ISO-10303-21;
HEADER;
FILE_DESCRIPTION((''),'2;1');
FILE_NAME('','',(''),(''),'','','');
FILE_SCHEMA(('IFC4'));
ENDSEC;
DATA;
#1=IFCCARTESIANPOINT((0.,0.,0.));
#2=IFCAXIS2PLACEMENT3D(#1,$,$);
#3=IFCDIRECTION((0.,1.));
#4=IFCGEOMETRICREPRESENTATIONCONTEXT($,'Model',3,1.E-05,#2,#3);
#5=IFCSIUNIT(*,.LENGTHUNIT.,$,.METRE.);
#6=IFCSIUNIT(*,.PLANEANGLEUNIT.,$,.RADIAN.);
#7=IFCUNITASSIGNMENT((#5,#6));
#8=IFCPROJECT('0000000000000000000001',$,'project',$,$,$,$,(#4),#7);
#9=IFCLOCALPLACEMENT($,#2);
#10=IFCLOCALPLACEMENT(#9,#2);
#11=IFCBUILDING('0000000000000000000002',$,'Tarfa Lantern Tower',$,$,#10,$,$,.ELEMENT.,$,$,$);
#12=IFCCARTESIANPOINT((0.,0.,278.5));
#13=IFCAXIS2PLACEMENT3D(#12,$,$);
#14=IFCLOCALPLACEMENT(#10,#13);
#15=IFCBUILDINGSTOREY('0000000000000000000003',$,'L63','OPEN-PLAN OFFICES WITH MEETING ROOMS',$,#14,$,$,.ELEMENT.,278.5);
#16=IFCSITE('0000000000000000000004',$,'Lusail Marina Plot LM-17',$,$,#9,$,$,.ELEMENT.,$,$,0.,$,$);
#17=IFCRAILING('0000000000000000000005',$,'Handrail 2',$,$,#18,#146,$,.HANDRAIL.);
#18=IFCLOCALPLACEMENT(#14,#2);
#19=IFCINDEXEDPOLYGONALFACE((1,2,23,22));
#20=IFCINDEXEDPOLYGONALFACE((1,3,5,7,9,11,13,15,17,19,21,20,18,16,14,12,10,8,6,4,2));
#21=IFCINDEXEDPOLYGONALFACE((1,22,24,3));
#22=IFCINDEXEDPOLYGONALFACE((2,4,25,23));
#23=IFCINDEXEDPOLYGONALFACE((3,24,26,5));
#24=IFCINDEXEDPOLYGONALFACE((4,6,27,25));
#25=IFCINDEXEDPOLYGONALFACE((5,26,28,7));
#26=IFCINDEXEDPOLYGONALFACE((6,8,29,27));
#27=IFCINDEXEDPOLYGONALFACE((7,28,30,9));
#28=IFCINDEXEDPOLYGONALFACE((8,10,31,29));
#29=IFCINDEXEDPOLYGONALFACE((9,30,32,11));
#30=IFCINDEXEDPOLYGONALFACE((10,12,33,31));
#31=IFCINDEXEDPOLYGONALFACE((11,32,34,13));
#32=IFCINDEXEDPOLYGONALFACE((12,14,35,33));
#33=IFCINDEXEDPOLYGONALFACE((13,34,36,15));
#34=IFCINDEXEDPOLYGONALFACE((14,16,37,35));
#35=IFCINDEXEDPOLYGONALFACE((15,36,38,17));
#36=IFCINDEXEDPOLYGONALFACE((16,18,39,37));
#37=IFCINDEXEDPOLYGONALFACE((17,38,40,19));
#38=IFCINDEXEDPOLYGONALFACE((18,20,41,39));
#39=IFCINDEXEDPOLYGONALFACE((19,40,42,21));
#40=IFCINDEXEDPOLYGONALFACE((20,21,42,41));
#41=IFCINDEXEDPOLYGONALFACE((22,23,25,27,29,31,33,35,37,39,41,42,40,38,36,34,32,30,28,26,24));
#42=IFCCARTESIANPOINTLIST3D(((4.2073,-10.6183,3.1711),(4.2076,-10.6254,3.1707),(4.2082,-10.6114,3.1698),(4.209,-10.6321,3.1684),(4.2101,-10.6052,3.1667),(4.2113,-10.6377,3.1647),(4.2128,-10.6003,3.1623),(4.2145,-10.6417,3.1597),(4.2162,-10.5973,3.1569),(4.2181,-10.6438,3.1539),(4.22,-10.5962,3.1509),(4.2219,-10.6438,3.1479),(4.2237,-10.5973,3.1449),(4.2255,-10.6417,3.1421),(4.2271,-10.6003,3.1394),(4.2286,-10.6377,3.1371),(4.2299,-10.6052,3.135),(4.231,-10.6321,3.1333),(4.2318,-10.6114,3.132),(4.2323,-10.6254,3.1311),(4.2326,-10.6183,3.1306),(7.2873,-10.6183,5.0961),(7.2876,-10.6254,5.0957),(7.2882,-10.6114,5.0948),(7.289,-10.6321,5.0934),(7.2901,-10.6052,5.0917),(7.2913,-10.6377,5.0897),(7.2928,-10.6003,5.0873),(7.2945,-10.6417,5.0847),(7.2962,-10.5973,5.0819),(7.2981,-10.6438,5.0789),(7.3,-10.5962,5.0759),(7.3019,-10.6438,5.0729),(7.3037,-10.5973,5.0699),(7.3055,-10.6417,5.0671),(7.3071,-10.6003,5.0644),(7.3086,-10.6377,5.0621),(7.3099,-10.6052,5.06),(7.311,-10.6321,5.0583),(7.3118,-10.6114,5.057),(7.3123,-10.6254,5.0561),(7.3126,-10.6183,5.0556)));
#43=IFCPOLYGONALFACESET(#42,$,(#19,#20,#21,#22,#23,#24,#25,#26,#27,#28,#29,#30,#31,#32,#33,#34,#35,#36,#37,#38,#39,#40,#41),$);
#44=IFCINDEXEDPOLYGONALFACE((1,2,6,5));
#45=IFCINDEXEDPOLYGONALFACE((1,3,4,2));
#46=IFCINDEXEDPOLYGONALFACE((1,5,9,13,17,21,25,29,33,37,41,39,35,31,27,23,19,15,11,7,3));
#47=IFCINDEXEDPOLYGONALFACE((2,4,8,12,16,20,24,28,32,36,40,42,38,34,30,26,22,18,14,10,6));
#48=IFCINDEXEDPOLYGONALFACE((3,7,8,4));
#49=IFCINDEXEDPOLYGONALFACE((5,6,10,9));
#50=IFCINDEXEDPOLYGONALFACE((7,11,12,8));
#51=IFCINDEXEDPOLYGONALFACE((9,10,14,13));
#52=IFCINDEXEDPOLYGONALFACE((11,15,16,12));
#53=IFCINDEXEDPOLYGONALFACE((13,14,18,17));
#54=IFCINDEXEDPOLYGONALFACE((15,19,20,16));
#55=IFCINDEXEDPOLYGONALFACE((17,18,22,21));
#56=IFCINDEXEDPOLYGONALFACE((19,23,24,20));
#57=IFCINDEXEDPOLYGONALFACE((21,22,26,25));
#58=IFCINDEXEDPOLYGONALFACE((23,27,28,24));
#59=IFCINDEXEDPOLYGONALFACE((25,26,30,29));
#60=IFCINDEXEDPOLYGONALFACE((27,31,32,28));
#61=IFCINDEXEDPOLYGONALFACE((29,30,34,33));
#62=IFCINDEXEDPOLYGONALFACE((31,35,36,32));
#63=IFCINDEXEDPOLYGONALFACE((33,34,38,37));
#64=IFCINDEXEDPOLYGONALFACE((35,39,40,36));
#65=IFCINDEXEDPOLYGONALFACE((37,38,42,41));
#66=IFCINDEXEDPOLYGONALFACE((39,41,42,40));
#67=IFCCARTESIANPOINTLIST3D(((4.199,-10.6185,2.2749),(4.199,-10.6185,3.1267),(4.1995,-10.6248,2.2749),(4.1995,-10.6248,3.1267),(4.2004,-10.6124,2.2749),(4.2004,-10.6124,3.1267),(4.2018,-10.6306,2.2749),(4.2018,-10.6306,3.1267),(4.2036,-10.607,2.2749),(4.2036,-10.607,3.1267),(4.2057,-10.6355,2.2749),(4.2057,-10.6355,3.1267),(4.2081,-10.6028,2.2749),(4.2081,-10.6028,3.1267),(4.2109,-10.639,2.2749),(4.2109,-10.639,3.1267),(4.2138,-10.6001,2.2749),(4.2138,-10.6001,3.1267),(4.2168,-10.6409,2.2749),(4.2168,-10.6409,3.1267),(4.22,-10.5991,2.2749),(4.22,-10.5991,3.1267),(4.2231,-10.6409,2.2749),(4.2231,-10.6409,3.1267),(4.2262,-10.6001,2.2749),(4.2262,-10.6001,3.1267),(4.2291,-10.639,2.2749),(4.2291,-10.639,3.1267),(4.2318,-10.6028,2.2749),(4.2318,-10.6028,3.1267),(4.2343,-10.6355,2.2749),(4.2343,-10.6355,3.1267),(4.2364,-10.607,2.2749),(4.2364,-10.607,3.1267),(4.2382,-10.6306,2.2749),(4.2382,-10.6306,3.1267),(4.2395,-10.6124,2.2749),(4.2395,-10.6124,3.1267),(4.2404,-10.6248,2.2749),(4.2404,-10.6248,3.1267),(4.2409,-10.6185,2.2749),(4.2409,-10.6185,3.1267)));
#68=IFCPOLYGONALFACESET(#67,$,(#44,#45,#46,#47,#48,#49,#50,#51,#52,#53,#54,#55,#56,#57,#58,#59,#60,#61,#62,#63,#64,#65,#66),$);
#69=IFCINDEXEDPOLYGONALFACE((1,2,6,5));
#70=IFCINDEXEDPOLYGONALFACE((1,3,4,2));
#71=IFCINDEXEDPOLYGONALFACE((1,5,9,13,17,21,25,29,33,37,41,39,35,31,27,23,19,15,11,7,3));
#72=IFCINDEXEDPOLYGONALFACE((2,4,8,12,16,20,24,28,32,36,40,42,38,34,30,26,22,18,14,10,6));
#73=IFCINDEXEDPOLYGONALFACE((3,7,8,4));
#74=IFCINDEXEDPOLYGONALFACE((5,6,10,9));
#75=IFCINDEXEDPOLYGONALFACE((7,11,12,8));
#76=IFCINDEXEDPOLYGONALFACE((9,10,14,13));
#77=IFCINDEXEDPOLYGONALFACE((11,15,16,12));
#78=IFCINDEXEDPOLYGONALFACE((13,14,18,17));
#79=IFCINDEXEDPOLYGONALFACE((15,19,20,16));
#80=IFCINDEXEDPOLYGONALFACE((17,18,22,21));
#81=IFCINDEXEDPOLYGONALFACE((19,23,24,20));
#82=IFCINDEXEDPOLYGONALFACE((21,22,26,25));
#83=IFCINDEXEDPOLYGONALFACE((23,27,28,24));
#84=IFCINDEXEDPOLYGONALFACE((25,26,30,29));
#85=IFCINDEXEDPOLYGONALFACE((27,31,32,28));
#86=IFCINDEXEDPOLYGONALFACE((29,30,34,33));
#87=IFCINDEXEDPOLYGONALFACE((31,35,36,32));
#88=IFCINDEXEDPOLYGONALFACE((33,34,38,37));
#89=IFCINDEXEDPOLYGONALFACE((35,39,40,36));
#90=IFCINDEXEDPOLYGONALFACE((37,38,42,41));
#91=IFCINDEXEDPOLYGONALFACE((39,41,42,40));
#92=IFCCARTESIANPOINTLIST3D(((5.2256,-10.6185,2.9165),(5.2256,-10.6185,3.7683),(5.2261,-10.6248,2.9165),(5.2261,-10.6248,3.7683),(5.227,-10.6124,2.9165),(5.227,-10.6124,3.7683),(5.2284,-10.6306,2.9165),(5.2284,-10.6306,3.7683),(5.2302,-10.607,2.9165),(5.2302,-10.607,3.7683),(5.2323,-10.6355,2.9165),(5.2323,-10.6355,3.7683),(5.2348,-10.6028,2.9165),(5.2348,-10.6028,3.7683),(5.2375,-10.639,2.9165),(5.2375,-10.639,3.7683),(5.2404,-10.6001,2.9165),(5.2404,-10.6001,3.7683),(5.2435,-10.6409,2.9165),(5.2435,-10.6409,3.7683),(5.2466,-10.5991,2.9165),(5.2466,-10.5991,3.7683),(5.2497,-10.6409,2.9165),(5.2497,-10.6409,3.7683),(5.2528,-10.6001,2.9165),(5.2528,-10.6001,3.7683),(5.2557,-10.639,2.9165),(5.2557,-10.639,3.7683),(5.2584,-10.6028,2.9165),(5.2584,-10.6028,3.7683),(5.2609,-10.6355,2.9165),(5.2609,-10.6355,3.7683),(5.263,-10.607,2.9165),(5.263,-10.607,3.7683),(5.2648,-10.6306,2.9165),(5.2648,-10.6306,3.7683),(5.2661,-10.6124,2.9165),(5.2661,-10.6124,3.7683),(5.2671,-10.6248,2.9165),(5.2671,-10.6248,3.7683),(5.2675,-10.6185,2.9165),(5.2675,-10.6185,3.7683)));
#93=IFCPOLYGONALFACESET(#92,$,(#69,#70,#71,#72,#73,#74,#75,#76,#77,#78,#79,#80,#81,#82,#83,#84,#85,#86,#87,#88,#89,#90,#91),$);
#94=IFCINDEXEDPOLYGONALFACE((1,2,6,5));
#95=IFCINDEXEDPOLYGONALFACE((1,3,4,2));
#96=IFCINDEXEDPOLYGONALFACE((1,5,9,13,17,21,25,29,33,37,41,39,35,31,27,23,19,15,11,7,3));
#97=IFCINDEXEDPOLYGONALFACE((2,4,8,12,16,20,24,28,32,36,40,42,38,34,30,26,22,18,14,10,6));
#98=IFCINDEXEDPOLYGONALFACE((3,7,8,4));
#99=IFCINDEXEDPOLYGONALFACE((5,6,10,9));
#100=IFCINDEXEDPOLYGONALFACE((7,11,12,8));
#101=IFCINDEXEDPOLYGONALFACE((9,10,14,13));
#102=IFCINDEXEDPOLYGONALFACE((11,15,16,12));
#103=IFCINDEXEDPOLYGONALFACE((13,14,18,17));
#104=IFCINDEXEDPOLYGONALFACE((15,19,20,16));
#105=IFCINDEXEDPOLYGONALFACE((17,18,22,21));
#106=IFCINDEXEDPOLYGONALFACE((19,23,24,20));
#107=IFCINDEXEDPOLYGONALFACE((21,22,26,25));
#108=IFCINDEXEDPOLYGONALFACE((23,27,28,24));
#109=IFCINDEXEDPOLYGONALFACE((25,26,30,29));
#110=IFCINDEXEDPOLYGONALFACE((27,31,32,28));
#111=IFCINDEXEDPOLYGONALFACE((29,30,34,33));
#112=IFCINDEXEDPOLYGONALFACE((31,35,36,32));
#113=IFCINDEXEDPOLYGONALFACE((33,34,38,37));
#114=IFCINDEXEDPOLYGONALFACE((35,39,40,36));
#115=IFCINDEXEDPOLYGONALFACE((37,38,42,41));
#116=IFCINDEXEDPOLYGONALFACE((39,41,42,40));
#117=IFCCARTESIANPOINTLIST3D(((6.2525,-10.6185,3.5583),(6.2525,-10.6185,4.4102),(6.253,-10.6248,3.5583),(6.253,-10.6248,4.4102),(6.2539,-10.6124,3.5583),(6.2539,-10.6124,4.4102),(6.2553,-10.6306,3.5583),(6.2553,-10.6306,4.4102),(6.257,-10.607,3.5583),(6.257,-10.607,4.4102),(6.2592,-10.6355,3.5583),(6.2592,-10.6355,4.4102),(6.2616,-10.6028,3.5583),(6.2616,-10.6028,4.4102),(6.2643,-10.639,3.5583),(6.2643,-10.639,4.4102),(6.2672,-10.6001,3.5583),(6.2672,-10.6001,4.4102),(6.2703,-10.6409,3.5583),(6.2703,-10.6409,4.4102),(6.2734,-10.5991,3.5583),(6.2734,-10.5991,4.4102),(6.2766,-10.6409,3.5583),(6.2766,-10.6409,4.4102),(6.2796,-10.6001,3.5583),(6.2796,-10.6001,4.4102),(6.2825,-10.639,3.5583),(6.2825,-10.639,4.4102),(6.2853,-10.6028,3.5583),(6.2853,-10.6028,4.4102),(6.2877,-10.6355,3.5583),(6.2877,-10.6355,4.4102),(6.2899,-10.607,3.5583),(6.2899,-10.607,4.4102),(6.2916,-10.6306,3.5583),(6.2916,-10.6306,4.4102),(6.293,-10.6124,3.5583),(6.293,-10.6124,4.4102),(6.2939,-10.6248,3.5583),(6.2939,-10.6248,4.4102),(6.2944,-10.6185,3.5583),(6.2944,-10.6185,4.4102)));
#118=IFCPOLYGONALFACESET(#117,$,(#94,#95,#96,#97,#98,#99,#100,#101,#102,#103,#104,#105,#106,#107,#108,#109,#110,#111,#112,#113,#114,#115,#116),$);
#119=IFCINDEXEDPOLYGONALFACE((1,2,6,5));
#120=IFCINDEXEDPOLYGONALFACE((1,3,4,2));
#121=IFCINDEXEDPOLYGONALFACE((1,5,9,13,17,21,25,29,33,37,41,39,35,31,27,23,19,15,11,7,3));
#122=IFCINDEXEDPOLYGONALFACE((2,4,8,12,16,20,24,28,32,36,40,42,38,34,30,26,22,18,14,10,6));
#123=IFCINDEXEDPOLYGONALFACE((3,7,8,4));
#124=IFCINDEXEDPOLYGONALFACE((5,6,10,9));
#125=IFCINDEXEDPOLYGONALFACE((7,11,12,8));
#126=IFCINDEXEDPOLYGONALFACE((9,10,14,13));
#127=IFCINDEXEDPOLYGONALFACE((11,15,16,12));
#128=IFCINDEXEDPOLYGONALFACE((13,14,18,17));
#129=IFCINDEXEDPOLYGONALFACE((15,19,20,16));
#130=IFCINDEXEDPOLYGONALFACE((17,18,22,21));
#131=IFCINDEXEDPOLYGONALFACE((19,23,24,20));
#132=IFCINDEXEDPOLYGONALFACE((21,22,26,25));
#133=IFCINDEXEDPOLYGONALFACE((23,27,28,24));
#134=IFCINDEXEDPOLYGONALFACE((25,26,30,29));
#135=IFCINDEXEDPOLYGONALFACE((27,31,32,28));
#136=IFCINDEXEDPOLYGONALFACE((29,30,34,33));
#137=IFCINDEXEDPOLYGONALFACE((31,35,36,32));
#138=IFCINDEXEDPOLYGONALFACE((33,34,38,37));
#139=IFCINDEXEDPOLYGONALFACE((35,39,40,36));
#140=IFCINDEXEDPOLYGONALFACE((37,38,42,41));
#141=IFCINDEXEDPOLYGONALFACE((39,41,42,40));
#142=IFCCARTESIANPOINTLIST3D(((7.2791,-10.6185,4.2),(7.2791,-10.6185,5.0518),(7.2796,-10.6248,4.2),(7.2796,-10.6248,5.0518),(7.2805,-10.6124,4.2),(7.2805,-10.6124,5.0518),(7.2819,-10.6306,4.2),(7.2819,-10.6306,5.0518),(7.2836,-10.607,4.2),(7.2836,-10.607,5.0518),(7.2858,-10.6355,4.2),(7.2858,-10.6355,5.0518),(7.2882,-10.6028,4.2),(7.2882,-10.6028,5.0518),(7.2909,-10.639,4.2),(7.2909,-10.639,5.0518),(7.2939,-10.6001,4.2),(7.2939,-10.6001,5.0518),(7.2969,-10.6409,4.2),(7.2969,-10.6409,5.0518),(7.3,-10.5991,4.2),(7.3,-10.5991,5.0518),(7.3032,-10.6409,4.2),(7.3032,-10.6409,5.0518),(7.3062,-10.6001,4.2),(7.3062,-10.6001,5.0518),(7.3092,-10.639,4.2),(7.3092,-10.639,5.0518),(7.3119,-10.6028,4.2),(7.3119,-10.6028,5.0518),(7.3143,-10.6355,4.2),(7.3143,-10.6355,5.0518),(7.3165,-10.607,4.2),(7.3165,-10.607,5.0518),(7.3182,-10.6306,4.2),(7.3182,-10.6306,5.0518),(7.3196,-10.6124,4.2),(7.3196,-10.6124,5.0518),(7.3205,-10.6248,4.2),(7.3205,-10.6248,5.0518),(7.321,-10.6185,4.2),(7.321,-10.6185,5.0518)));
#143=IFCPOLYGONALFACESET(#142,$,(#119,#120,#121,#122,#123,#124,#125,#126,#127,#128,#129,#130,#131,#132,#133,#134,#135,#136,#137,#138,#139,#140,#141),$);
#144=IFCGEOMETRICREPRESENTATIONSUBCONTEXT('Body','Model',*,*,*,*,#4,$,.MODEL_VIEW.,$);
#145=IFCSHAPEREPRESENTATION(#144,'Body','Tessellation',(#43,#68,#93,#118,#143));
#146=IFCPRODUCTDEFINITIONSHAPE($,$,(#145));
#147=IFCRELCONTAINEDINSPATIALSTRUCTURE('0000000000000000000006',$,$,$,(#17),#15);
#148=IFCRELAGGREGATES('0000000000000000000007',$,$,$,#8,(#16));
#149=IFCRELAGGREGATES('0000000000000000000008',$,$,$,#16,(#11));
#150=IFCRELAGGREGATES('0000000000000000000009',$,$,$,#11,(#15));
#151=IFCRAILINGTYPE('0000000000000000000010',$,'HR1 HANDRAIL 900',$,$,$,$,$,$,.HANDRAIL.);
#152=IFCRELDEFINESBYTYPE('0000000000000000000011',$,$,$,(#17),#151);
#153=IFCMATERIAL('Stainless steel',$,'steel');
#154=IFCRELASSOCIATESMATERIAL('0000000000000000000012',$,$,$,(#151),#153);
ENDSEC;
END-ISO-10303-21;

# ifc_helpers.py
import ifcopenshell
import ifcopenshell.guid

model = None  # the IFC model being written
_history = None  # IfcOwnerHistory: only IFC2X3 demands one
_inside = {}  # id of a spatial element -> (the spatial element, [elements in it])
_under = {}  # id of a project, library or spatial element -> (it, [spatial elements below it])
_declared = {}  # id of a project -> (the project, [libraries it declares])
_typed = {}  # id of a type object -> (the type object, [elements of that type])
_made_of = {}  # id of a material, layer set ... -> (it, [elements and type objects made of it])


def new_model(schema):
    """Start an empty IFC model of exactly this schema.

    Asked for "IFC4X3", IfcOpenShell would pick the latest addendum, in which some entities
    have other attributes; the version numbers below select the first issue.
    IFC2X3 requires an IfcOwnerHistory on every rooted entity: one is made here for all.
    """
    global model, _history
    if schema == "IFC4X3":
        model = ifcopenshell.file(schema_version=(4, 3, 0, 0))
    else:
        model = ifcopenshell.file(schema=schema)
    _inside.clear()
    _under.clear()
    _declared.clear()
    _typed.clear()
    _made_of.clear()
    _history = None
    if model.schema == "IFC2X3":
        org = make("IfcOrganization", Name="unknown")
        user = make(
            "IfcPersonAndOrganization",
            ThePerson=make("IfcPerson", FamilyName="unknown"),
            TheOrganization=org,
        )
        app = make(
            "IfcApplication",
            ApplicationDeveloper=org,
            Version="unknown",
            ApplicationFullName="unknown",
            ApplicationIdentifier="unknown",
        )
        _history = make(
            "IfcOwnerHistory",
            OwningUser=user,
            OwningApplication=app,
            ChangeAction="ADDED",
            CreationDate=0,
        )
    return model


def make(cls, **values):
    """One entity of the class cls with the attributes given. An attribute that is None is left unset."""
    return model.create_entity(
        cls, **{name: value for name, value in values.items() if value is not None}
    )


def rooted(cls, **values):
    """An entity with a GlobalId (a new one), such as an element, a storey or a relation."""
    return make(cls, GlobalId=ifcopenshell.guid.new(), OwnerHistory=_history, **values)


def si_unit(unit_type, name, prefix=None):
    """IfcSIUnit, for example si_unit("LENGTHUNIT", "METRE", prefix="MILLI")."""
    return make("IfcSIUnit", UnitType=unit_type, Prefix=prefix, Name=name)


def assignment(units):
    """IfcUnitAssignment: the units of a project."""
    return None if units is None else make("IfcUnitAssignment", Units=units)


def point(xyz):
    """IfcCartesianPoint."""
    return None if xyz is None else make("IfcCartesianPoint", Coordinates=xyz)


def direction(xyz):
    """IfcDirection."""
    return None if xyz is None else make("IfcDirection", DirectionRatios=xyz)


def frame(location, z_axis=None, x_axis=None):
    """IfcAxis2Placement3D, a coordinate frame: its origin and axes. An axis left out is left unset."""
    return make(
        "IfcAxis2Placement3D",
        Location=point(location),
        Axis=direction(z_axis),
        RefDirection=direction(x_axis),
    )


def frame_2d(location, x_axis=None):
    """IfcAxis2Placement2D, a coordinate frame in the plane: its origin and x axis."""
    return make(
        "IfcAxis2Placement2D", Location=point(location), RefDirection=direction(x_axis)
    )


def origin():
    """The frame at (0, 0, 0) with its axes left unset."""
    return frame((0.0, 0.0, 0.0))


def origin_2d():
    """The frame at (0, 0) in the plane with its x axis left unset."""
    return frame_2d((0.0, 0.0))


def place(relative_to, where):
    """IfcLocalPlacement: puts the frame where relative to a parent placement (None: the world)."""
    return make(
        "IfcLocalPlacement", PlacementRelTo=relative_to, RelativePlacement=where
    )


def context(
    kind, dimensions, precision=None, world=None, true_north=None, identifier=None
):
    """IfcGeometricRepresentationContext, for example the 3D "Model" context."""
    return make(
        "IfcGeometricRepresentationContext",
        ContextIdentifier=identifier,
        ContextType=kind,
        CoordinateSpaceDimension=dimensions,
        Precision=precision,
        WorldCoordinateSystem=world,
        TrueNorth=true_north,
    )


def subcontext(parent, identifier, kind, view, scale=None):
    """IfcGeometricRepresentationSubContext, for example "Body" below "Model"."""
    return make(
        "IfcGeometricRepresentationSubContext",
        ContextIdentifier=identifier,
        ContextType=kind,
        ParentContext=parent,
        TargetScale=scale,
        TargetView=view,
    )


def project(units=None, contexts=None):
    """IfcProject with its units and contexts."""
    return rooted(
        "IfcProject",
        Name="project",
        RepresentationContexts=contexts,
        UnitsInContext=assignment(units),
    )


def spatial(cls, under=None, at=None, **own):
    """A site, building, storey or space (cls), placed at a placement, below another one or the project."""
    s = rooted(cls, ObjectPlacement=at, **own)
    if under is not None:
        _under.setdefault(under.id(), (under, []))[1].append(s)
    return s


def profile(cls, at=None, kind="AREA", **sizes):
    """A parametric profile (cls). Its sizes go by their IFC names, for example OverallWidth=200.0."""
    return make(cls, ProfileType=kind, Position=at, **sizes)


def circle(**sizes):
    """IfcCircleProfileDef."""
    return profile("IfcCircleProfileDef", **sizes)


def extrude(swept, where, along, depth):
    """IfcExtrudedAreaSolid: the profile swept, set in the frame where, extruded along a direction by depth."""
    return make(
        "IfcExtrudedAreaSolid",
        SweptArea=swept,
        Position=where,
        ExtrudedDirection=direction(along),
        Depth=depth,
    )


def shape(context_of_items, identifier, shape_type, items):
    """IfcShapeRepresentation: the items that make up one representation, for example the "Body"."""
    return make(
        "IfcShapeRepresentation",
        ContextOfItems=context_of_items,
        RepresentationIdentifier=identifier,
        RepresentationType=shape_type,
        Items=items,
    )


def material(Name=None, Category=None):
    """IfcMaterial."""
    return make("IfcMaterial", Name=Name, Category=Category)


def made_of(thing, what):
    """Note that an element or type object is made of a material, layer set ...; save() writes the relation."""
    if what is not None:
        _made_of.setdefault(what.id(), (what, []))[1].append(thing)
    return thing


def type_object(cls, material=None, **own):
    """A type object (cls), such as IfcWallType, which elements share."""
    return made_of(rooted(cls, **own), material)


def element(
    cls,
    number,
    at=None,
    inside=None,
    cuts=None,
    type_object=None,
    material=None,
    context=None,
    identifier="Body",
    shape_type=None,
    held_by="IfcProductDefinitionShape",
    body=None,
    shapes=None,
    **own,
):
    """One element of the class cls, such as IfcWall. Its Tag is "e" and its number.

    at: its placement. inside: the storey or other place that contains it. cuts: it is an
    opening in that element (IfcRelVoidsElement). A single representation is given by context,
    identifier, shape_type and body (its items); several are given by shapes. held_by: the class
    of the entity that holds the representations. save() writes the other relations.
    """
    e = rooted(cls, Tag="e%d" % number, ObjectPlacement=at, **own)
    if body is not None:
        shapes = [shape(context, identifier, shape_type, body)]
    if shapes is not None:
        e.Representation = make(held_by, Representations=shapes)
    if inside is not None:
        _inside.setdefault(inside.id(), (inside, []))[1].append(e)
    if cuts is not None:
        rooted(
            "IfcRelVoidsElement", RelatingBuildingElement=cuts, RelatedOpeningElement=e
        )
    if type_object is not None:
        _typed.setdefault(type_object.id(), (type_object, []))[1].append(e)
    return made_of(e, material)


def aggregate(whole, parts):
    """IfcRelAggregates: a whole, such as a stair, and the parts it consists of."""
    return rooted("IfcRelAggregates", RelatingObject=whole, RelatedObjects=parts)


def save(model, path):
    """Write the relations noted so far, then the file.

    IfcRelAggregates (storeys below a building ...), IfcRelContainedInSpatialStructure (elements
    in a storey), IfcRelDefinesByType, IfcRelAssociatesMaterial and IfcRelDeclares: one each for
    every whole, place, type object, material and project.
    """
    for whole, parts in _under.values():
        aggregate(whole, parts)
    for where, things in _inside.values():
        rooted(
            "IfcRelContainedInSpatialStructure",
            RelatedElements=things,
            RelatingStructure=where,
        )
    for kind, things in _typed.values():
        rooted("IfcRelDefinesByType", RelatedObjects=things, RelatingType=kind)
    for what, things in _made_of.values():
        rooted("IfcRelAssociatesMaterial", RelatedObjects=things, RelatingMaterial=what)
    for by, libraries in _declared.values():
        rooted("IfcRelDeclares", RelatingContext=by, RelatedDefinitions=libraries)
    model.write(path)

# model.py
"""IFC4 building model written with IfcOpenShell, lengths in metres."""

from ifc_helpers import new_model, si_unit, direction, frame, origin, origin_2d, place, context, subcontext, project, spatial, circle, extrude, material, type_object, element, save


model = new_model("IFC4")

# Units and contexts
model_context = context("Model", 3, precision=1e-05, world=origin(), true_north=direction((0.0, 1.0)))
body_context = subcontext(model_context, "Body", "Model", "MODEL_VIEW")
ifc_project = project(units=[si_unit("LENGTHUNIT", "METRE"), si_unit("PLANEANGLEUNIT", "RADIAN")], contexts=[model_context])

# Site, building, storey
site_placement = place(None, origin())
site = spatial("IfcSite", under=ifc_project, at=site_placement, Name="Lusail Marina Plot LM-17", CompositionType="ELEMENT", RefElevation=0.0)
building_placement = place(site_placement, origin())
building = spatial("IfcBuilding", under=site, at=building_placement, Name="Tarfa Lantern Tower", CompositionType="ELEMENT")
storey_placement = place(building_placement, frame((0.0, 0.0, 278.5)))
storey = spatial("IfcBuildingStorey", under=building, at=storey_placement, Name="L63", Description="OPEN-PLAN OFFICES WITH MEETING ROOMS", CompositionType="ELEMENT", Elevation=278.5)

# Railing
ifc_material_1 = material(Name="Stainless steel", Category="steel")
railing_type = type_object("IfcRailingType", Name="HR1 HANDRAIL 900", PredefinedType="HANDRAIL", material=ifc_material_1)
railing_1_placement = place(storey_placement, frame((4.22, -10.6201, 2.2749)))
element("IfcRailing", 1, at=railing_1_placement, inside=storey, type_object=railing_type, Name="Handrail 2", PredefinedType="HANDRAIL", context=body_context, shape_type="SweptSolid", body=[
    extrude(circle(Radius=0.0239, at=origin_2d()), frame((0.0, 0.0, 0.876), z_axis=(0.847998, 0.0, 0.529999), x_axis=(0.0, 1.0, 0.0)), (0.0, 0.0, 1.0), 3.6321),
    extrude(circle(Radius=0.021, at=origin_2d()), frame((0.0, 0.0, 0.0), z_axis=(0.0, 0.0, 1.0), x_axis=(0.0, 1.0, 0.0)), (0.0, 0.0, 1.0), 0.8518),
    extrude(circle(Radius=0.021, at=origin_2d()), frame((1.0266, 0.0, 0.6416), z_axis=(0.0, 0.0, 1.0), x_axis=(0.0, 1.0, 0.0)), (0.0, 0.0, 1.0), 0.8518),
    extrude(circle(Radius=0.021, at=origin_2d()), frame((2.0535, 0.0, 1.2834), z_axis=(0.0, 0.0, 1.0), x_axis=(0.0, 1.0, 0.0)), (0.0, 0.0, 1.0), 0.8518),
    extrude(circle(Radius=0.021, at=origin_2d()), frame((3.0801, 0.0, 1.925), z_axis=(0.0, 0.0, 1.0), x_axis=(0.0, 1.0, 0.0)), (0.0, 0.0, 1.0), 0.8518),
])

save(model, "model.ifc")
